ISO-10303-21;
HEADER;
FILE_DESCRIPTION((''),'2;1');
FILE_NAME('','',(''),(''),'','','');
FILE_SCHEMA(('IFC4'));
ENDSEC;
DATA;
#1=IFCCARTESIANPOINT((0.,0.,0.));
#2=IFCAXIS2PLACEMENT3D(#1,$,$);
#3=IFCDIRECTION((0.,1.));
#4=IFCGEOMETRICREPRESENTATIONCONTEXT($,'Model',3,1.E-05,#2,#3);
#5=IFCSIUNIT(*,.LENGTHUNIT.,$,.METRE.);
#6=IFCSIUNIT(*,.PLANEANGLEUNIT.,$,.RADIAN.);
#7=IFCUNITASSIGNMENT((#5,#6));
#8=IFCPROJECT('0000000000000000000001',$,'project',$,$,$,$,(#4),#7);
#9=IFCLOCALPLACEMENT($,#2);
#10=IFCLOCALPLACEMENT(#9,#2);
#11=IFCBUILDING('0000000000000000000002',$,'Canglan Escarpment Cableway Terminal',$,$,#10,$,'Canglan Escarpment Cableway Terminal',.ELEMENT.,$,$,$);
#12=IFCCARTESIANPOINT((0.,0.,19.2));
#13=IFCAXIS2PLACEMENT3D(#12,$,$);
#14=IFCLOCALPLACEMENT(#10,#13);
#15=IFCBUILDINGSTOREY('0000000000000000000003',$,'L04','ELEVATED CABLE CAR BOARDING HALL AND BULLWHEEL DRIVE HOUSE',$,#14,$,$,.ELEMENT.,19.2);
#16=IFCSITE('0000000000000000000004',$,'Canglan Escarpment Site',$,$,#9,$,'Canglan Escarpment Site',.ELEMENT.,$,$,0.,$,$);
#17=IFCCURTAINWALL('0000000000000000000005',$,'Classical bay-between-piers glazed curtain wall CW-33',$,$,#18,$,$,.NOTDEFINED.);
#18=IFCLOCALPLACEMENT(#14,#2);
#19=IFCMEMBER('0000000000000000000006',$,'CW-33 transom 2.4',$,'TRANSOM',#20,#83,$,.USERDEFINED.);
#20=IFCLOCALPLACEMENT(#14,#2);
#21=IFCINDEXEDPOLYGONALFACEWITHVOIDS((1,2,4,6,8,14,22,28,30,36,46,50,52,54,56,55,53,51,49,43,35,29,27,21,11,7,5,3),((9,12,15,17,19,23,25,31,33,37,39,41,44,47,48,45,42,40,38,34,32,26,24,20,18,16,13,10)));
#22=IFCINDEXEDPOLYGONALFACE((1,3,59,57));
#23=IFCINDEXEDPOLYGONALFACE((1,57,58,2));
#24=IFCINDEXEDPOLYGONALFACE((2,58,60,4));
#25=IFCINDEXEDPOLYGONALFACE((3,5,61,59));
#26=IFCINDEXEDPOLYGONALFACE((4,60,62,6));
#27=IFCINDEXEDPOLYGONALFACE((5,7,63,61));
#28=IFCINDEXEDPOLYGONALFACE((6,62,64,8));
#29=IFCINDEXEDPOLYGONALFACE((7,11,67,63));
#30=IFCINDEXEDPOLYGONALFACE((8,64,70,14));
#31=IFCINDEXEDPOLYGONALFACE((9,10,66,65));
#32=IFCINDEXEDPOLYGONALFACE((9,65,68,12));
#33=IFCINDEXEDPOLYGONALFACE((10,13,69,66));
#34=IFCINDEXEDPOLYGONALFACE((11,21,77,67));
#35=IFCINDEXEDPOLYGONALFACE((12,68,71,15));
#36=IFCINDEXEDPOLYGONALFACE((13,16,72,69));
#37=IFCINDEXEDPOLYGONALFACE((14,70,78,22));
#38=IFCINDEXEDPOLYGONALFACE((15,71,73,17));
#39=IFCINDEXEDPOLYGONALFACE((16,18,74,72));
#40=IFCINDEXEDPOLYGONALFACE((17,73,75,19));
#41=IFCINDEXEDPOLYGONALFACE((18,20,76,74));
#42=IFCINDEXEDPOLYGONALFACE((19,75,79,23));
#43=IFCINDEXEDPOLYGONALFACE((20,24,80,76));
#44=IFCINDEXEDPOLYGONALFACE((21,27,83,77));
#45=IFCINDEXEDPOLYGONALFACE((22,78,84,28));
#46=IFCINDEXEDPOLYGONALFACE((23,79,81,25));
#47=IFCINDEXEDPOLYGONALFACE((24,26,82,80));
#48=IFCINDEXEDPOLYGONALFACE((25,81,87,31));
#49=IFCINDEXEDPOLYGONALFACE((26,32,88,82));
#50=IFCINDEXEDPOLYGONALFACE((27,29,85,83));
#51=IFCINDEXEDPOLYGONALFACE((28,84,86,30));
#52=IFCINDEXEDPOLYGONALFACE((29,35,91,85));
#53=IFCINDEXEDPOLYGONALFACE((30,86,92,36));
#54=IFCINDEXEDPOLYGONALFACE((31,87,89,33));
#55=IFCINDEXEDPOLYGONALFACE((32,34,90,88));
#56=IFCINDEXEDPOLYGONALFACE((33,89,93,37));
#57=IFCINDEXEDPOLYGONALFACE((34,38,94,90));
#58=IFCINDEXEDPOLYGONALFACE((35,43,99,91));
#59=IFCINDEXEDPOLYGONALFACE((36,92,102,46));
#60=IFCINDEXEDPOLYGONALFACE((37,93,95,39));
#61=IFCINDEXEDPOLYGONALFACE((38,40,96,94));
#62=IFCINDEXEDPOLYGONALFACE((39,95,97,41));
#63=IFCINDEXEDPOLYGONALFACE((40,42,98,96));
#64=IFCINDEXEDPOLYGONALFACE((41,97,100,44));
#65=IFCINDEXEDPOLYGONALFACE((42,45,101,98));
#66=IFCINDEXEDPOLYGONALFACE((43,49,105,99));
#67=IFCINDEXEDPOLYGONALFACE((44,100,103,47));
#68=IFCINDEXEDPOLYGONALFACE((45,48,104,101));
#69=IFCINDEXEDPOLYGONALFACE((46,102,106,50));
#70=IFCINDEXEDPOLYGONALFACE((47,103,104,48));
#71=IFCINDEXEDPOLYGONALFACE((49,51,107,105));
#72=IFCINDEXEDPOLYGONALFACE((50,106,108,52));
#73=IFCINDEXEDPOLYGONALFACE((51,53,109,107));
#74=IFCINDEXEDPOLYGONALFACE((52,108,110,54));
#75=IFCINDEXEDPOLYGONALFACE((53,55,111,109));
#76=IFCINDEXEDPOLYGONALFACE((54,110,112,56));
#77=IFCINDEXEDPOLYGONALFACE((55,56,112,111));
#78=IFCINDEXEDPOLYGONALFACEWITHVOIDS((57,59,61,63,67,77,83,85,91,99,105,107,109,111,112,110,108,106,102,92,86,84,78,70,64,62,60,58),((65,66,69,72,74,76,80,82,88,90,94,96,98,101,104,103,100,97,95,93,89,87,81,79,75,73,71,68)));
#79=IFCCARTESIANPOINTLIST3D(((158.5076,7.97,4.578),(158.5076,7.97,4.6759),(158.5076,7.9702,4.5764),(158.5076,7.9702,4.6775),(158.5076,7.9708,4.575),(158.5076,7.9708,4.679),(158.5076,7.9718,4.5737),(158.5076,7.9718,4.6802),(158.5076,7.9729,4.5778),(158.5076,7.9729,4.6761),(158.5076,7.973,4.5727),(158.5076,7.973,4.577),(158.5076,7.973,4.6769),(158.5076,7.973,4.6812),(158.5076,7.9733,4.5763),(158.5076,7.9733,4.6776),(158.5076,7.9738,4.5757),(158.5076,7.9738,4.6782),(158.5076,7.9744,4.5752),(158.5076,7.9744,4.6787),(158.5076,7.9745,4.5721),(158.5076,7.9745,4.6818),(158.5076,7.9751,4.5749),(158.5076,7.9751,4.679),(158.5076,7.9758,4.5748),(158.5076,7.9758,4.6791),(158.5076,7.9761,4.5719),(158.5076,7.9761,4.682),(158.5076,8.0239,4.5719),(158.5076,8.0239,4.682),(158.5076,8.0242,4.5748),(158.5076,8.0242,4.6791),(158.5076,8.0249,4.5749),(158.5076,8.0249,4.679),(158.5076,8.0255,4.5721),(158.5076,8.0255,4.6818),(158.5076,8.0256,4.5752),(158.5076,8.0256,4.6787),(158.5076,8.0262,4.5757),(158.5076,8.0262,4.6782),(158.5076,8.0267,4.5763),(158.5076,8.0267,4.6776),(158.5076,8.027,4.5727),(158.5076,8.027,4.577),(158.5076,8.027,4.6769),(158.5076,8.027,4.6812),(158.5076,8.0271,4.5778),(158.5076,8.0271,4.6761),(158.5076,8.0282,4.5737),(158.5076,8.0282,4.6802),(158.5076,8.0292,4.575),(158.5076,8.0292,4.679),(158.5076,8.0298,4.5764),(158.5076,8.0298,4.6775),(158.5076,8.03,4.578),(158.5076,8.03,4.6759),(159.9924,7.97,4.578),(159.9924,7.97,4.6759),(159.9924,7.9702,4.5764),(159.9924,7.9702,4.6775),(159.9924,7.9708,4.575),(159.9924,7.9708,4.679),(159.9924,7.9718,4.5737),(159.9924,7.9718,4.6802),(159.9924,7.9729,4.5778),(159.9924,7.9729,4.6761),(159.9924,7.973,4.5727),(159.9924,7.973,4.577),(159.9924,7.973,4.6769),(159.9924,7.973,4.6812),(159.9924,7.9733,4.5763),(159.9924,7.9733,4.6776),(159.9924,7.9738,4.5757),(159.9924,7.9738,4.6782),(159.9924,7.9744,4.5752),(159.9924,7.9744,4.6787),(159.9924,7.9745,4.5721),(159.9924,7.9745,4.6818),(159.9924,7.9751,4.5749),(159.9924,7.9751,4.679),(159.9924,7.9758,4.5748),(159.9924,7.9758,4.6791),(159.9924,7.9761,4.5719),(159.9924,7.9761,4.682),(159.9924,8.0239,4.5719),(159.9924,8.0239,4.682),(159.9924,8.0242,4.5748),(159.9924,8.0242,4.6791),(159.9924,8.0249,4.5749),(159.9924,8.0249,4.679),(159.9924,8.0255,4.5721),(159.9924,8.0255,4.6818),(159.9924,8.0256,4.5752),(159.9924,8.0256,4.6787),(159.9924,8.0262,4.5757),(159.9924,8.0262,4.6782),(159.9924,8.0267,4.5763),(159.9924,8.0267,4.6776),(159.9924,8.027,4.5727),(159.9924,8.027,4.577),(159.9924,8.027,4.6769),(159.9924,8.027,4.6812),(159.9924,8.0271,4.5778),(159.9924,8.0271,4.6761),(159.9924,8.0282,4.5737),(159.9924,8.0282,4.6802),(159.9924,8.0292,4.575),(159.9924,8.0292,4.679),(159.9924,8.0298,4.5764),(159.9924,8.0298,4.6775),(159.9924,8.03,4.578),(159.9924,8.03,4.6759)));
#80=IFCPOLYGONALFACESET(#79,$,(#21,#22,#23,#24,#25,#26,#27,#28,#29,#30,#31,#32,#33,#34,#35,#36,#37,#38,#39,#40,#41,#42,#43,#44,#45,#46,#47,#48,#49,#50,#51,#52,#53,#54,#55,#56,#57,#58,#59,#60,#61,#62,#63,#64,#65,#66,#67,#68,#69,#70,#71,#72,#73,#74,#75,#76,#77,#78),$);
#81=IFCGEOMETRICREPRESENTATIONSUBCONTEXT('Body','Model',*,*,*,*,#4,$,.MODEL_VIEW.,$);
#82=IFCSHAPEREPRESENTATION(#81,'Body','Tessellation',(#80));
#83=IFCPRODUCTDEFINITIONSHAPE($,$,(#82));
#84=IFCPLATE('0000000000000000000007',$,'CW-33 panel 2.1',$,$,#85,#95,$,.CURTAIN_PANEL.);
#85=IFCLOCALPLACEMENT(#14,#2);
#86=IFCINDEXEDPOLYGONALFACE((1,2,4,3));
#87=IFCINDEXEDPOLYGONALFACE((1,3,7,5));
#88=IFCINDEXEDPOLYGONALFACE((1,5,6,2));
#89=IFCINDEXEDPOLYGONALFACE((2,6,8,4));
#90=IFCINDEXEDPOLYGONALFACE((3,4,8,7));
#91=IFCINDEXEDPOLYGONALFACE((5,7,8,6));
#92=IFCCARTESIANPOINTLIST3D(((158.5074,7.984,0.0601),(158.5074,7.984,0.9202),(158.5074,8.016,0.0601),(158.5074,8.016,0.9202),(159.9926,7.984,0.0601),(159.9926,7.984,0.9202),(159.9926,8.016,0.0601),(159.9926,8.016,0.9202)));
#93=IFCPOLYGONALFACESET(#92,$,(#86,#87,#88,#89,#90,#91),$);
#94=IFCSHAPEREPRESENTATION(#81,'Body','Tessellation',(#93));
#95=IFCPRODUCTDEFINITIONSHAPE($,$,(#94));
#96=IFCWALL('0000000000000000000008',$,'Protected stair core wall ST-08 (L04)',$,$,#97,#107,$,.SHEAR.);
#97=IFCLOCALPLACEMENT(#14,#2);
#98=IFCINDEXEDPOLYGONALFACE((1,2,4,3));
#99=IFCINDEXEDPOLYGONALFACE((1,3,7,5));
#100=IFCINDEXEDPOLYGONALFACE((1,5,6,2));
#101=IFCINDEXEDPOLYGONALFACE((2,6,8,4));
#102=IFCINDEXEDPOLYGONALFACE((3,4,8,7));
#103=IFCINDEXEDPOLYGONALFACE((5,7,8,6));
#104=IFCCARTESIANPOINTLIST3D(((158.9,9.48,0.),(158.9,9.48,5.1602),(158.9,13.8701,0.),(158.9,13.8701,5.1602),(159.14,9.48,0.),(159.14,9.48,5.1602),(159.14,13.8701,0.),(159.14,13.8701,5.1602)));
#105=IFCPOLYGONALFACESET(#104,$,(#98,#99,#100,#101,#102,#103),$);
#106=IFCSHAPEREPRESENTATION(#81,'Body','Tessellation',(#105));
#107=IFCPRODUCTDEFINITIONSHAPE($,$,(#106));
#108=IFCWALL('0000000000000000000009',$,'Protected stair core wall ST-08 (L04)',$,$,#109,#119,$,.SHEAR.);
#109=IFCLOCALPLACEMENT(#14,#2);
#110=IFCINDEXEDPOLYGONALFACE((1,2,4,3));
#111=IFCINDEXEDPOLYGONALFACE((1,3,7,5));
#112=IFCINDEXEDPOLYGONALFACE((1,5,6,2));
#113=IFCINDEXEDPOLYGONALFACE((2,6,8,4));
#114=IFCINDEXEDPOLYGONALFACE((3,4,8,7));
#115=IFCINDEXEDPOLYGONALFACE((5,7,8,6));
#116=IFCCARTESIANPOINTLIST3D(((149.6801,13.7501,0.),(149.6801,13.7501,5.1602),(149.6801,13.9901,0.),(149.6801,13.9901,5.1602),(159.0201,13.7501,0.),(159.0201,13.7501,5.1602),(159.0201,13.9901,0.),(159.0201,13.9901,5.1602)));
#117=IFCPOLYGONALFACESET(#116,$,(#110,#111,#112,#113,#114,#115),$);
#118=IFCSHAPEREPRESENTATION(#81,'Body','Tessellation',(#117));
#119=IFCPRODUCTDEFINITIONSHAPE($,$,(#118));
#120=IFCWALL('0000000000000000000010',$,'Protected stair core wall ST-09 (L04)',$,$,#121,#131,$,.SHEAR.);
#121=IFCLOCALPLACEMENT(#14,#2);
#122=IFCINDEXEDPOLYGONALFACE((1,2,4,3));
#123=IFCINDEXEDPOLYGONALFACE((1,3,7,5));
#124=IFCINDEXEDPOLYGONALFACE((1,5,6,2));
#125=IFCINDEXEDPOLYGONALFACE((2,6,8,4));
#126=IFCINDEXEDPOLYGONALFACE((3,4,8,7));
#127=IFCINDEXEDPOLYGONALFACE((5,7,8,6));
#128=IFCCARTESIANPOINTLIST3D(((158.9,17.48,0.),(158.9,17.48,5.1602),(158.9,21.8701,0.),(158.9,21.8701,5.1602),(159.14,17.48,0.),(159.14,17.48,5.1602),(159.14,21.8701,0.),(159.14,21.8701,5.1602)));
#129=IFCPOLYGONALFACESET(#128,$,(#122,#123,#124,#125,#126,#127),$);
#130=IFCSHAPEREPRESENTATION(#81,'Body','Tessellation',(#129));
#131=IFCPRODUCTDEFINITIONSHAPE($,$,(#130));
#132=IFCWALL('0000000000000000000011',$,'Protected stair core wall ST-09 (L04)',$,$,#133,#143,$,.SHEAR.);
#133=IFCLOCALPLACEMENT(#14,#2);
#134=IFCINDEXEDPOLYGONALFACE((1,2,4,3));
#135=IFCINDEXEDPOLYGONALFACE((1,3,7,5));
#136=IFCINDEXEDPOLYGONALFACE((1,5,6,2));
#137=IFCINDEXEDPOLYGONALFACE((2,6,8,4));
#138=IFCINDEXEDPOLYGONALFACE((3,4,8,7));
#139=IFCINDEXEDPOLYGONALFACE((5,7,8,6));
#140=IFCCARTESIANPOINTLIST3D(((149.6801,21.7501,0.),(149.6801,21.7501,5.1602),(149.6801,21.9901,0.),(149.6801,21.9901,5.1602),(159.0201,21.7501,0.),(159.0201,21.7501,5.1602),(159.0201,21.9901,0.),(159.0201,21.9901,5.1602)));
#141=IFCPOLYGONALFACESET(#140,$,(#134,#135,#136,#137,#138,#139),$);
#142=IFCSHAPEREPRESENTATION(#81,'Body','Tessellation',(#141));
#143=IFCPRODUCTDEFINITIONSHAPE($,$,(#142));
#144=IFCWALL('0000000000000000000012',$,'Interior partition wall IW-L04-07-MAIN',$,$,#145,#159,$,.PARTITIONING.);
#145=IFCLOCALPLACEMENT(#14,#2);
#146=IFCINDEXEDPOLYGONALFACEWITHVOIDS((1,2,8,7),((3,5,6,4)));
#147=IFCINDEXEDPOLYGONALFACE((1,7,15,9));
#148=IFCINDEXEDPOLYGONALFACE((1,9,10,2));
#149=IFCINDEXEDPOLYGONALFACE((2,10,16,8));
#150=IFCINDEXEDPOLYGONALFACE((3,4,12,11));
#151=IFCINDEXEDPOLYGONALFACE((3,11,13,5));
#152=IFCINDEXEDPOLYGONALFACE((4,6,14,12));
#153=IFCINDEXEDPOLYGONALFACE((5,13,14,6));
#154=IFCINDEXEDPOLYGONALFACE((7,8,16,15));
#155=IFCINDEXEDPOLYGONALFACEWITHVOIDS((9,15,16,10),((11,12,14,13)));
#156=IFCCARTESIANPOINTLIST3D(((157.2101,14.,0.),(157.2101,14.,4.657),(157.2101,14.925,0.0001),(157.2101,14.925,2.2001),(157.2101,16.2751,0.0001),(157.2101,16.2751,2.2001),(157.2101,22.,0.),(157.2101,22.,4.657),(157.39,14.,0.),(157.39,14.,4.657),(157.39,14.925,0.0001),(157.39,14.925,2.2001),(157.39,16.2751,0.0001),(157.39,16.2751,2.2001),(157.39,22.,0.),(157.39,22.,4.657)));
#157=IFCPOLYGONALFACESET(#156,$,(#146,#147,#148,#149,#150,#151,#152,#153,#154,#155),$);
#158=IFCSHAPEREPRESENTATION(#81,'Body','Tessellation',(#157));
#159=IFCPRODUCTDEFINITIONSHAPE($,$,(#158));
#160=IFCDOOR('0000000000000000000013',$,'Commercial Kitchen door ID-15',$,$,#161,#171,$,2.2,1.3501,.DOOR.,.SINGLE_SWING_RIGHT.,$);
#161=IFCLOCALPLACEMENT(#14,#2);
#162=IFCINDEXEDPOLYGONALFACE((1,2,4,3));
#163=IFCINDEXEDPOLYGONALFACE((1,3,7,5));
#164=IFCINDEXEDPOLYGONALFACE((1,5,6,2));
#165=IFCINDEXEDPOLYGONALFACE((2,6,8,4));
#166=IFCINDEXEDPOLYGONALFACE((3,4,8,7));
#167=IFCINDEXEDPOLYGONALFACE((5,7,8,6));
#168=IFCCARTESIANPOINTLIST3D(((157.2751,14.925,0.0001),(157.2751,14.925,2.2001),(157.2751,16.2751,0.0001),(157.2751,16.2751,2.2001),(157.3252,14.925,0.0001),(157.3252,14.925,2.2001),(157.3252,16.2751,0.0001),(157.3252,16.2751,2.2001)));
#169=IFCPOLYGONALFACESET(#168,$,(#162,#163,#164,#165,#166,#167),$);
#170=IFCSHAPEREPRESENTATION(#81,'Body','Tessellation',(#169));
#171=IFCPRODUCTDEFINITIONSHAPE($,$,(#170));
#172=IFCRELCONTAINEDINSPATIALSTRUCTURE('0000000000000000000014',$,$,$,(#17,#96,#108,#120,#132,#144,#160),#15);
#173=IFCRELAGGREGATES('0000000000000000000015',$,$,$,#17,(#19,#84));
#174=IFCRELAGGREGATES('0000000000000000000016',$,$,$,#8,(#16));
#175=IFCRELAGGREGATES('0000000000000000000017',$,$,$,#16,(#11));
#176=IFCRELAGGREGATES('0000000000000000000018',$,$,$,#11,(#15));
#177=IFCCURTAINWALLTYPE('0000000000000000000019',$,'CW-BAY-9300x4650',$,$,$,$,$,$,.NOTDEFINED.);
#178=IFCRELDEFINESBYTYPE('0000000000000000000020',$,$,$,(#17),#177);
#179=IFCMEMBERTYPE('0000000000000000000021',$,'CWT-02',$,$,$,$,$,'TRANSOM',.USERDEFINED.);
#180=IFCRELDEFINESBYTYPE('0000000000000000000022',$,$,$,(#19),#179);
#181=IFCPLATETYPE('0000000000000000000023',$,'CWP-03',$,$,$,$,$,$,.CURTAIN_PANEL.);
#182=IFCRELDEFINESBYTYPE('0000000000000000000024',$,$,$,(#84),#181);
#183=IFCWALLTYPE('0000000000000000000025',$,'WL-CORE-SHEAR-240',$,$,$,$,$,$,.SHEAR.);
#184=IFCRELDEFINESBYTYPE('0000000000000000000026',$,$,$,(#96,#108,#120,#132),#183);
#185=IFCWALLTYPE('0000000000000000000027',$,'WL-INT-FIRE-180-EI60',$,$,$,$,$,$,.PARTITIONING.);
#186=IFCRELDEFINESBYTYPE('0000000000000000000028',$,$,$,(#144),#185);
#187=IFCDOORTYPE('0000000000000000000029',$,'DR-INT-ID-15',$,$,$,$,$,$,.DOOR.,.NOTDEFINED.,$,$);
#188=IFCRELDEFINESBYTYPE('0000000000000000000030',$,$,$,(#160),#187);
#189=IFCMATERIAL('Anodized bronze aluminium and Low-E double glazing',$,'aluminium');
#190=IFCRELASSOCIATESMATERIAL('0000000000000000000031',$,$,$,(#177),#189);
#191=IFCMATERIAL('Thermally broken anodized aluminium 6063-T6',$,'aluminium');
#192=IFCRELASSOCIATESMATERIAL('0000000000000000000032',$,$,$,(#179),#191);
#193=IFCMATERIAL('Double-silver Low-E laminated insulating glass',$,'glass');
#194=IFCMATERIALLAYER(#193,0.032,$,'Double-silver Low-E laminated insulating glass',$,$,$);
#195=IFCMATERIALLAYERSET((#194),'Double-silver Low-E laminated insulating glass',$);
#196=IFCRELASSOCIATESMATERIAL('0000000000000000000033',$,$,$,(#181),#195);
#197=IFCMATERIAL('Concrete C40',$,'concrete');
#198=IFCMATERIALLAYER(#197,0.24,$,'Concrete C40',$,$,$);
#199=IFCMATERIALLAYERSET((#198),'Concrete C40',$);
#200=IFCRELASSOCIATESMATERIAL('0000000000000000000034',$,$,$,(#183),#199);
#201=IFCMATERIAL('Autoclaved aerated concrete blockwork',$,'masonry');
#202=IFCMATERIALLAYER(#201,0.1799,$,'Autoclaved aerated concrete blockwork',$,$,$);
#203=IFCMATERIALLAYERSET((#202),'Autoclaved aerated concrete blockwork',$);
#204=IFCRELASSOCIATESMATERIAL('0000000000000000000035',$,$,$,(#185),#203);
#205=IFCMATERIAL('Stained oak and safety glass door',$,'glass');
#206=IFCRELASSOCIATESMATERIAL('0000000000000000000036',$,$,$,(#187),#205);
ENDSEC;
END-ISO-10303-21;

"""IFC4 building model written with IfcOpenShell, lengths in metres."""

from ifc_helpers import new_model, si_unit, direction, frame, frame_2d, origin, origin_2d, place, context, subcontext, project, spatial, rectangle, hollow_rectangle, extrude, material, layer, layer_set, material_profile, profile_set, type_object, element, fill, aggregate, save


model = new_model("IFC4")

# Units and contexts
model_context = context("Model", 3, precision=1e-05, world=origin(), true_north=direction((0.0, 1.0)))
body_context = subcontext(model_context, "Body", "Model", "MODEL_VIEW")
ifc_project = project(units=[si_unit("LENGTHUNIT", "METRE"), si_unit("PLANEANGLEUNIT", "RADIAN")], contexts=[model_context])

# Site, building, storey
site_placement = place(None, origin())
site = spatial("IfcSite", under=ifc_project, at=site_placement, Name="Canglan Escarpment Site", LongName="Canglan Escarpment Site", CompositionType="ELEMENT", RefElevation=0.0)
building_placement = place(site_placement, origin())
building = spatial("IfcBuilding", under=site, at=building_placement, Name="Canglan Escarpment Cableway Terminal", LongName="Canglan Escarpment Cableway Terminal", CompositionType="ELEMENT")
storey_placement = place(building_placement, frame((0.0, 0.0, 19.2)))
storey = spatial("IfcBuildingStorey", under=building, at=storey_placement, Name="L04", Description="ELEVATED CABLE CAR BOARDING HALL AND BULLWHEEL DRIVE HOUSE", CompositionType="ELEMENT", Elevation=19.2)

# Curtain wall, member, plate
ifc_material_1 = material(Name="Anodized bronze aluminium and Low-E double glazing", Category="aluminium")
curtain_wall_type = type_object("IfcCurtainWallType", Name="CW-BAY-9300x4650", PredefinedType="NOTDEFINED", material=ifc_material_1)
curtain_wall_placement = place(storey_placement, origin())
curtain_wall = element("IfcCurtainWall", 1, at=curtain_wall_placement, inside=storey, type_object=curtain_wall_type, Name="Classical bay-between-piers glazed curtain wall CW-33", PredefinedType="NOTDEFINED")
ifc_material_2 = material(Name="Thermally broken anodized aluminium 6063-T6", Category="aluminium")
ifc_material_profile_1 = material_profile(ifc_material_2, hollow_rectangle(XDim=0.0601, YDim=0.1101, WallThickness=0.0029, InnerFilletRadius=0.0029, OuterFilletRadius=0.0061, at=origin_2d()), Name="ALU-TRAN 60x110x3")
ifc_profile_set_1 = profile_set([ifc_material_profile_1], Name="Thermally broken anodized aluminium 6063-T6")
member_type = type_object("IfcMemberType", Name="CWT-02", ElementType="TRANSOM", PredefinedType="USERDEFINED", material=ifc_profile_set_1)
member_1_placement = place(storey_placement, frame((158.5076, 8.0, 4.627), z_axis=(1.0, 0.0, 0.0), x_axis=(0.0, 1.0, 0.0)))
member_1 = element("IfcMember", 2, at=member_1_placement, type_object=member_type, Name="CW-33 transom 2.4", ObjectType="TRANSOM", PredefinedType="USERDEFINED", context=body_context, shape_type="SweptSolid", body=[
    extrude(hollow_rectangle(XDim=0.0601, YDim=0.1101, WallThickness=0.0029, InnerFilletRadius=0.0029, OuterFilletRadius=0.0061, at=origin_2d()), origin(), (0.0, 0.0, 1.0), 1.4849),
])
ifc_material_3 = material(Name="Double-silver Low-E laminated insulating glass", Category="glass")
ifc_layer_1 = layer(ifc_material_3, 0.032, Name="Double-silver Low-E laminated insulating glass")
ifc_layer_set_1 = layer_set([ifc_layer_1], Name="Double-silver Low-E laminated insulating glass")
plate_type = type_object("IfcPlateType", Name="CWP-03", PredefinedType="CURTAIN_PANEL", material=ifc_layer_set_1)
plate_placement = place(storey_placement, frame((159.25, 8.0, 0.0601), z_axis=(0.0, 0.0, 1.0), x_axis=(1.0, 0.0, 0.0)))
plate = element("IfcPlate", 3, at=plate_placement, type_object=plate_type, Name="CW-33 panel 2.1", PredefinedType="CURTAIN_PANEL", context=body_context, shape_type="SweptSolid", body=[
    extrude(rectangle(XDim=1.4851, YDim=0.032, at=origin_2d()), origin(), (0.0, 0.0, 1.0), 0.8601),
])
aggregate(curtain_wall, [member_1, plate])

# Walls
ifc_material_4 = material(Name="Concrete C40", Category="concrete")
ifc_layer_2 = layer(ifc_material_4, 0.24, Name="Concrete C40")
ifc_layer_set_2 = layer_set([ifc_layer_2], Name="Concrete C40")
wall_type_1 = type_object("IfcWallType", Name="WL-CORE-SHEAR-240", PredefinedType="SHEAR", material=ifc_layer_set_2)
wall_1_placement = place(storey_placement, frame((159.02, 9.48, 0.0), z_axis=(0.0, 0.0, 1.0), x_axis=(0.0, 1.0, 0.0)))
element("IfcWall", 4, at=wall_1_placement, inside=storey, type_object=wall_type_1, Name="Protected stair core wall ST-08 (L04)", PredefinedType="SHEAR", context=body_context, shape_type="SweptSolid", body=[
    extrude(rectangle(XDim=4.3901, YDim=0.24, at=frame_2d((2.1951, 0.0))), origin(), (0.0, 0.0, 1.0), 5.1602),
])
wall_2_placement = place(storey_placement, frame((159.02, 13.8701, 0.0), z_axis=(0.0, 0.0, 1.0), x_axis=(-1.0, 0.0, 0.0)))
element("IfcWall", 5, at=wall_2_placement, inside=storey, type_object=wall_type_1, Name="Protected stair core wall ST-08 (L04)", PredefinedType="SHEAR", context=body_context, shape_type="SweptSolid", body=[
    extrude(rectangle(XDim=9.3401, YDim=0.24, at=frame_2d((4.6699, 0.0))), origin(), (0.0, 0.0, 1.0), 5.1602),
])
wall_3_placement = place(storey_placement, frame((159.02, 17.48, 0.0), z_axis=(0.0, 0.0, 1.0), x_axis=(0.0, 1.0, 0.0)))
element("IfcWall", 6, at=wall_3_placement, inside=storey, type_object=wall_type_1, Name="Protected stair core wall ST-09 (L04)", PredefinedType="SHEAR", context=body_context, shape_type="SweptSolid", body=[
    extrude(rectangle(XDim=4.3901, YDim=0.24, at=frame_2d((2.1951, 0.0))), origin(), (0.0, 0.0, 1.0), 5.1602),
])
wall_4_placement = place(storey_placement, frame((159.02, 21.8701, 0.0), z_axis=(0.0, 0.0, 1.0), x_axis=(-1.0, 0.0, 0.0)))
element("IfcWall", 7, at=wall_4_placement, inside=storey, type_object=wall_type_1, Name="Protected stair core wall ST-09 (L04)", PredefinedType="SHEAR", context=body_context, shape_type="SweptSolid", body=[
    extrude(rectangle(XDim=9.3401, YDim=0.24, at=frame_2d((4.6699, 0.0))), origin(), (0.0, 0.0, 1.0), 5.1602),
])

# Wall, opening, door
ifc_material_5 = material(Name="Autoclaved aerated concrete blockwork", Category="masonry")
ifc_layer_3 = layer(ifc_material_5, 0.1799, Name="Autoclaved aerated concrete blockwork")
ifc_layer_set_3 = layer_set([ifc_layer_3], Name="Autoclaved aerated concrete blockwork")
wall_type_2 = type_object("IfcWallType", Name="WL-INT-FIRE-180-EI60", PredefinedType="PARTITIONING", material=ifc_layer_set_3)
wall_5_placement = place(storey_placement, frame((157.3, 14.0, 0.0), z_axis=(0.0, 0.0, 1.0), x_axis=(0.0, 1.0, 0.0)))
wall_5 = element("IfcWall", 8, at=wall_5_placement, inside=storey, type_object=wall_type_2, Name="Interior partition wall IW-L04-07-MAIN", PredefinedType="PARTITIONING", context=body_context, shape_type="SweptSolid", body=[
    extrude(rectangle(XDim=8.0, YDim=0.1799, at=frame_2d((4.0, 0.0))), origin(), (0.0, 0.0, 1.0), 4.657),
])
opening_1_placement = place(wall_5_placement, frame((0.925, 0.0, 0.0)))
opening_1 = element("IfcOpeningElement", 9, at=opening_1_placement, cuts=wall_5, PredefinedType="OPENING", context=body_context, shape_type="SweptSolid", body=[
    extrude(rectangle(XDim=1.3501, YDim=2.2, at=frame_2d((0.675, 1.1001))), frame((0.0, 0.1001, 0.0), z_axis=(0.0, -1.0, 0.0), x_axis=(1.0, 0.0, 0.0)), (0.0, 0.0, 1.0), 0.2),
])
ifc_material_6 = material(Name="Stained oak and safety glass door", Category="glass")
door_type_1 = type_object("IfcDoorType", Name="DR-INT-ID-15", OperationType="NOTDEFINED", PredefinedType="DOOR", material=ifc_material_6)
door_1_placement = place(opening_1_placement, origin())
door_1 = element("IfcDoor", 10, at=door_1_placement, inside=storey, type_object=door_type_1, Name="Commercial Kitchen door ID-15", OperationType="SINGLE_SWING_RIGHT", OverallHeight=2.2, OverallWidth=1.3501, PredefinedType="DOOR", context=body_context, shape_type="SweptSolid", body=[
    extrude(rectangle(XDim=1.3501, YDim=2.2, at=frame_2d((0.675, 1.1001))), frame((0.0, 0.0249, 0.0), z_axis=(0.0, -1.0, 0.0), x_axis=(1.0, 0.0, 0.0)), (0.0, 0.0, 1.0), 0.05),
])
fill(opening_1, door_1)

save(model, "model.ifc")
